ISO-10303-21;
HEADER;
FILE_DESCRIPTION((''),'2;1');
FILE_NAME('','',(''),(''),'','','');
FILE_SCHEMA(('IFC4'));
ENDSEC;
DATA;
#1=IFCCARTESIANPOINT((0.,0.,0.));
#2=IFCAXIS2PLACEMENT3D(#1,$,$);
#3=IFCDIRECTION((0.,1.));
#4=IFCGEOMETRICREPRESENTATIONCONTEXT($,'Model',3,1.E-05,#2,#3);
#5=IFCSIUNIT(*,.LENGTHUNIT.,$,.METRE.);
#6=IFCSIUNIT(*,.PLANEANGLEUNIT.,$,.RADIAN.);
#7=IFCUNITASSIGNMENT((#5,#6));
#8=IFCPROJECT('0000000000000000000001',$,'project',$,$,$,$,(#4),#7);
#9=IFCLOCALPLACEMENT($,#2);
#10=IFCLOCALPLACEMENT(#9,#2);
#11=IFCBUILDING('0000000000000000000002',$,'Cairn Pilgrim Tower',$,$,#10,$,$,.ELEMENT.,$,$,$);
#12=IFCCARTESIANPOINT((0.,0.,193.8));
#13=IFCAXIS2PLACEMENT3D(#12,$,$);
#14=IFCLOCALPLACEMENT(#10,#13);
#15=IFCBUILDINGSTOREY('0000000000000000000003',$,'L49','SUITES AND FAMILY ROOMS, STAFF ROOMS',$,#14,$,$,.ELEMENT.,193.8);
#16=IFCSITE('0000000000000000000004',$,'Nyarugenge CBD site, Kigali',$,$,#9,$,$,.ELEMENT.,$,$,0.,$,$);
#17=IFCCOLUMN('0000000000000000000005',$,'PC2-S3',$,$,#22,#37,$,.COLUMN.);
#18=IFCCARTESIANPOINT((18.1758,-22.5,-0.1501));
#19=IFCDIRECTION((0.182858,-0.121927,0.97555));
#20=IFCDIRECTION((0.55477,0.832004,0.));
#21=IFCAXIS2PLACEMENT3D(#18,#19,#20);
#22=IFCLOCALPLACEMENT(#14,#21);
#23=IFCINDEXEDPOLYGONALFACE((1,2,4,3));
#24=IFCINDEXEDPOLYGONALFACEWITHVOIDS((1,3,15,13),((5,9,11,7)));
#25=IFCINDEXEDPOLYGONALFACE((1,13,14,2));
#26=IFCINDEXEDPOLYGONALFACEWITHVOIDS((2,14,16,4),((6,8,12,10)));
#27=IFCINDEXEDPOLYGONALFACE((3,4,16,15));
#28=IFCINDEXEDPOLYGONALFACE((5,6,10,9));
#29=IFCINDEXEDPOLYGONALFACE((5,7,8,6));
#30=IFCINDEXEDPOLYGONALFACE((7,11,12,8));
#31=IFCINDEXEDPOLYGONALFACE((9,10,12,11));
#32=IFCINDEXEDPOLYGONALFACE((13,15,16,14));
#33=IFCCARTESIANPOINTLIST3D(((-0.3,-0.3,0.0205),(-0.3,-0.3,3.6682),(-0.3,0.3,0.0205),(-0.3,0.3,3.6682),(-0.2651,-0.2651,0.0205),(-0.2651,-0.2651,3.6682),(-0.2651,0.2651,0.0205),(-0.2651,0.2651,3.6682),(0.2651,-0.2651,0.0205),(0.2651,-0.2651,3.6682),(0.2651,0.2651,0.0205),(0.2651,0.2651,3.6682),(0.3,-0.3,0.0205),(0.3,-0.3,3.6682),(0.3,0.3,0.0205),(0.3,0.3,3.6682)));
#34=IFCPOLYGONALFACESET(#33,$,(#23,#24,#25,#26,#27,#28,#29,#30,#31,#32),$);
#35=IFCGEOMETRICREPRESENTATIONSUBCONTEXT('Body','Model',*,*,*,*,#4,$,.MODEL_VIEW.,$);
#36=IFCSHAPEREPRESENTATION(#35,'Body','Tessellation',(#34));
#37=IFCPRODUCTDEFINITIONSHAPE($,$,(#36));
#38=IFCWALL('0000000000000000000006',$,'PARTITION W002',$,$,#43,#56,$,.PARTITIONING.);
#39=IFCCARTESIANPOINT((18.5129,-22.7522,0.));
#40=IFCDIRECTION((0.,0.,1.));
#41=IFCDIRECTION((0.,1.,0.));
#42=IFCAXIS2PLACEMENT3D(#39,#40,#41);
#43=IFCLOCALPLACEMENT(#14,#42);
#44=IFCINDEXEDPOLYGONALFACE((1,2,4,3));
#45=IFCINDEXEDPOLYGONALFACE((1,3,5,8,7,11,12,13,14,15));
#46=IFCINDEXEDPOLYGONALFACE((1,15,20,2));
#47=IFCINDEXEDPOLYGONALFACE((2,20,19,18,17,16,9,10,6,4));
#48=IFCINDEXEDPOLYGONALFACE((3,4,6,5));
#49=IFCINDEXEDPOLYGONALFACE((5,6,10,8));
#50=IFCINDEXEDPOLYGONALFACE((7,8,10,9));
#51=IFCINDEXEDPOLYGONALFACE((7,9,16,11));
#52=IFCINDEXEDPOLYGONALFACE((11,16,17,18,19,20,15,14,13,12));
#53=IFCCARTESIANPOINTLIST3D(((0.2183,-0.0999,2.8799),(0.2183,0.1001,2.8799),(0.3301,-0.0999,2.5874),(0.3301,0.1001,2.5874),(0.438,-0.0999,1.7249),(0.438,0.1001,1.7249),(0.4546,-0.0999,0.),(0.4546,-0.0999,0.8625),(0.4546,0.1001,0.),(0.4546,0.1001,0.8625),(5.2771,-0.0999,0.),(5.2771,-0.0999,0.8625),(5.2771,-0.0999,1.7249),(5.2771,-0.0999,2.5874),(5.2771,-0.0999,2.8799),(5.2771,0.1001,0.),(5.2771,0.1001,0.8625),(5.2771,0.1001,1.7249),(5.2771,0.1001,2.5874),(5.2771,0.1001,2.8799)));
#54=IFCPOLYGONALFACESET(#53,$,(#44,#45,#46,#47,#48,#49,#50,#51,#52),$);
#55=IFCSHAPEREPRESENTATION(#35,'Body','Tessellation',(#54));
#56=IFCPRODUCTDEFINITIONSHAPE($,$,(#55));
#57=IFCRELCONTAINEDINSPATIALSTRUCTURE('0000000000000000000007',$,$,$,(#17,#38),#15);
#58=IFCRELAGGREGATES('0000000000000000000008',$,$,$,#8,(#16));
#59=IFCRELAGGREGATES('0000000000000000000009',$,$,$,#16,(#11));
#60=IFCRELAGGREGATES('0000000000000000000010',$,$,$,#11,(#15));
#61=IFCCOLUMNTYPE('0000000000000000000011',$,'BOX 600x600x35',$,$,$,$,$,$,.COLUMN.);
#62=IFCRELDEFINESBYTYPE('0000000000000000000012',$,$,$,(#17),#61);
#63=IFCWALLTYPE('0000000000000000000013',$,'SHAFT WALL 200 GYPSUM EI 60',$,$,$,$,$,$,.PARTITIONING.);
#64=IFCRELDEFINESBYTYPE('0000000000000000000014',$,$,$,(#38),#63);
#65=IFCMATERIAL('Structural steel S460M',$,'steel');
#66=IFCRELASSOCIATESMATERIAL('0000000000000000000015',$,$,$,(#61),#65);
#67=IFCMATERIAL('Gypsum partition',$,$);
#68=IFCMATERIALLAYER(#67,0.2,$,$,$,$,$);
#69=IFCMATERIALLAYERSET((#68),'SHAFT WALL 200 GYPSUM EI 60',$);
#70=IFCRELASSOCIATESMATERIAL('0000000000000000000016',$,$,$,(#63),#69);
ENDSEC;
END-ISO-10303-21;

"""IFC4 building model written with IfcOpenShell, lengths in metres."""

from ifc_helpers import new_model, si_unit, direction, frame, origin, origin_2d, place, context, subcontext, project, spatial, polyline, hollow_rectangle, outline, extrude, clip, halfspace, material, layer, layer_set, material_profile, profile_set, type_object, element, save


model = new_model("IFC4")

# Units and contexts
model_context = context("Model", 3, precision=1e-05, world=origin(), true_north=direction((0.0, 1.0)))
body_context = subcontext(model_context, "Body", "Model", "MODEL_VIEW")
ifc_project = project(units=[si_unit("LENGTHUNIT", "METRE"), si_unit("PLANEANGLEUNIT", "RADIAN")], contexts=[model_context])

# Site, building, storey
site_placement = place(None, origin())
site = spatial("IfcSite", under=ifc_project, at=site_placement, Name="Nyarugenge CBD site, Kigali", CompositionType="ELEMENT", RefElevation=0.0)
building_placement = place(site_placement, origin())
building = spatial("IfcBuilding", under=site, at=building_placement, Name="Cairn Pilgrim Tower", CompositionType="ELEMENT")
storey_placement = place(building_placement, frame((0.0, 0.0, 193.8)))
storey = spatial("IfcBuildingStorey", under=building, at=storey_placement, Name="L49", Description="SUITES AND FAMILY ROOMS, STAFF ROOMS", CompositionType="ELEMENT", Elevation=193.8)

# Column
ifc_material_1 = material(Name="Structural steel S460M", Category="steel")
ifc_material_profile_1 = material_profile(ifc_material_1, hollow_rectangle(XDim=0.6001, YDim=0.6001, WallThickness=0.0349, at=origin_2d()), Name="BOX 600x600x35")
ifc_profile_set_1 = profile_set([ifc_material_profile_1], Name="Structural steel S460M")
column_type = type_object("IfcColumnType", Name="BOX 600x600x35", PredefinedType="COLUMN", material=ifc_profile_set_1)
column_placement = place(storey_placement, frame((18.1758, -22.5, -0.1501), z_axis=(0.182858, -0.121927, 0.97555), x_axis=(0.55477, 0.832004, 0.0)))
element("IfcColumn", 1, at=column_placement, inside=storey, type_object=column_type, Name="PC2-S3", PredefinedType="COLUMN", context=body_context, shape_type="Clipping", body=[
    clip(clip(extrude(hollow_rectangle(XDim=0.6001, YDim=0.6001, WallThickness=0.0349, at=origin_2d()), origin(), (0.0, 0.0, 1.0), 3.6904), halfspace(frame((0.0, 0.0, 0.0205), z_axis=(0.0, 0.0, 1.0), x_axis=(1.0, 0.0, 0.0)), True)), halfspace(frame((0.0, 0.0, 3.6682), z_axis=(0.0, 0.0, 1.0), x_axis=(1.0, 0.0, 0.0)), False)),
])

# Shared definitions
ifc_material_2 = material(Name="Gypsum partition")

# Wall
ifc_layer_1 = layer(ifc_material_2, 0.2)
ifc_layer_set_1 = layer_set([ifc_layer_1], Name="SHAFT WALL 200 GYPSUM EI 60")
wall_type_1 = type_object("IfcWallType", Name="SHAFT WALL 200 GYPSUM EI 60", PredefinedType="PARTITIONING", material=ifc_layer_set_1)
wall_1_placement = place(storey_placement, frame((18.5129, -22.7522, 0.0), z_axis=(0.0, 0.0, 1.0), x_axis=(0.0, 1.0, 0.0)))
element("IfcWall", 2, at=wall_1_placement, inside=storey, type_object=wall_type_1, Name="PARTITION W002", PredefinedType="PARTITIONING", context=body_context, shape_type="SweptSolid", body=[
    extrude(outline(polyline([(0.4546, 0.0), (5.2771, 0.0), (5.2771, 0.8625), (5.2771, 1.7249), (5.2771, 2.5874), (5.2771, 2.8799), (0.2183, 2.8799), (0.3301, 2.5874), (0.438, 1.7249), (0.4546, 0.8625), (0.4546, 0.0)])), frame((0.0, 0.1001, 0.0), z_axis=(0.0, -1.0, 0.0), x_axis=(1.0, 0.0, 0.0)), (0.0, 0.0, 1.0), 0.2),
])

save(model, "model.ifc")
